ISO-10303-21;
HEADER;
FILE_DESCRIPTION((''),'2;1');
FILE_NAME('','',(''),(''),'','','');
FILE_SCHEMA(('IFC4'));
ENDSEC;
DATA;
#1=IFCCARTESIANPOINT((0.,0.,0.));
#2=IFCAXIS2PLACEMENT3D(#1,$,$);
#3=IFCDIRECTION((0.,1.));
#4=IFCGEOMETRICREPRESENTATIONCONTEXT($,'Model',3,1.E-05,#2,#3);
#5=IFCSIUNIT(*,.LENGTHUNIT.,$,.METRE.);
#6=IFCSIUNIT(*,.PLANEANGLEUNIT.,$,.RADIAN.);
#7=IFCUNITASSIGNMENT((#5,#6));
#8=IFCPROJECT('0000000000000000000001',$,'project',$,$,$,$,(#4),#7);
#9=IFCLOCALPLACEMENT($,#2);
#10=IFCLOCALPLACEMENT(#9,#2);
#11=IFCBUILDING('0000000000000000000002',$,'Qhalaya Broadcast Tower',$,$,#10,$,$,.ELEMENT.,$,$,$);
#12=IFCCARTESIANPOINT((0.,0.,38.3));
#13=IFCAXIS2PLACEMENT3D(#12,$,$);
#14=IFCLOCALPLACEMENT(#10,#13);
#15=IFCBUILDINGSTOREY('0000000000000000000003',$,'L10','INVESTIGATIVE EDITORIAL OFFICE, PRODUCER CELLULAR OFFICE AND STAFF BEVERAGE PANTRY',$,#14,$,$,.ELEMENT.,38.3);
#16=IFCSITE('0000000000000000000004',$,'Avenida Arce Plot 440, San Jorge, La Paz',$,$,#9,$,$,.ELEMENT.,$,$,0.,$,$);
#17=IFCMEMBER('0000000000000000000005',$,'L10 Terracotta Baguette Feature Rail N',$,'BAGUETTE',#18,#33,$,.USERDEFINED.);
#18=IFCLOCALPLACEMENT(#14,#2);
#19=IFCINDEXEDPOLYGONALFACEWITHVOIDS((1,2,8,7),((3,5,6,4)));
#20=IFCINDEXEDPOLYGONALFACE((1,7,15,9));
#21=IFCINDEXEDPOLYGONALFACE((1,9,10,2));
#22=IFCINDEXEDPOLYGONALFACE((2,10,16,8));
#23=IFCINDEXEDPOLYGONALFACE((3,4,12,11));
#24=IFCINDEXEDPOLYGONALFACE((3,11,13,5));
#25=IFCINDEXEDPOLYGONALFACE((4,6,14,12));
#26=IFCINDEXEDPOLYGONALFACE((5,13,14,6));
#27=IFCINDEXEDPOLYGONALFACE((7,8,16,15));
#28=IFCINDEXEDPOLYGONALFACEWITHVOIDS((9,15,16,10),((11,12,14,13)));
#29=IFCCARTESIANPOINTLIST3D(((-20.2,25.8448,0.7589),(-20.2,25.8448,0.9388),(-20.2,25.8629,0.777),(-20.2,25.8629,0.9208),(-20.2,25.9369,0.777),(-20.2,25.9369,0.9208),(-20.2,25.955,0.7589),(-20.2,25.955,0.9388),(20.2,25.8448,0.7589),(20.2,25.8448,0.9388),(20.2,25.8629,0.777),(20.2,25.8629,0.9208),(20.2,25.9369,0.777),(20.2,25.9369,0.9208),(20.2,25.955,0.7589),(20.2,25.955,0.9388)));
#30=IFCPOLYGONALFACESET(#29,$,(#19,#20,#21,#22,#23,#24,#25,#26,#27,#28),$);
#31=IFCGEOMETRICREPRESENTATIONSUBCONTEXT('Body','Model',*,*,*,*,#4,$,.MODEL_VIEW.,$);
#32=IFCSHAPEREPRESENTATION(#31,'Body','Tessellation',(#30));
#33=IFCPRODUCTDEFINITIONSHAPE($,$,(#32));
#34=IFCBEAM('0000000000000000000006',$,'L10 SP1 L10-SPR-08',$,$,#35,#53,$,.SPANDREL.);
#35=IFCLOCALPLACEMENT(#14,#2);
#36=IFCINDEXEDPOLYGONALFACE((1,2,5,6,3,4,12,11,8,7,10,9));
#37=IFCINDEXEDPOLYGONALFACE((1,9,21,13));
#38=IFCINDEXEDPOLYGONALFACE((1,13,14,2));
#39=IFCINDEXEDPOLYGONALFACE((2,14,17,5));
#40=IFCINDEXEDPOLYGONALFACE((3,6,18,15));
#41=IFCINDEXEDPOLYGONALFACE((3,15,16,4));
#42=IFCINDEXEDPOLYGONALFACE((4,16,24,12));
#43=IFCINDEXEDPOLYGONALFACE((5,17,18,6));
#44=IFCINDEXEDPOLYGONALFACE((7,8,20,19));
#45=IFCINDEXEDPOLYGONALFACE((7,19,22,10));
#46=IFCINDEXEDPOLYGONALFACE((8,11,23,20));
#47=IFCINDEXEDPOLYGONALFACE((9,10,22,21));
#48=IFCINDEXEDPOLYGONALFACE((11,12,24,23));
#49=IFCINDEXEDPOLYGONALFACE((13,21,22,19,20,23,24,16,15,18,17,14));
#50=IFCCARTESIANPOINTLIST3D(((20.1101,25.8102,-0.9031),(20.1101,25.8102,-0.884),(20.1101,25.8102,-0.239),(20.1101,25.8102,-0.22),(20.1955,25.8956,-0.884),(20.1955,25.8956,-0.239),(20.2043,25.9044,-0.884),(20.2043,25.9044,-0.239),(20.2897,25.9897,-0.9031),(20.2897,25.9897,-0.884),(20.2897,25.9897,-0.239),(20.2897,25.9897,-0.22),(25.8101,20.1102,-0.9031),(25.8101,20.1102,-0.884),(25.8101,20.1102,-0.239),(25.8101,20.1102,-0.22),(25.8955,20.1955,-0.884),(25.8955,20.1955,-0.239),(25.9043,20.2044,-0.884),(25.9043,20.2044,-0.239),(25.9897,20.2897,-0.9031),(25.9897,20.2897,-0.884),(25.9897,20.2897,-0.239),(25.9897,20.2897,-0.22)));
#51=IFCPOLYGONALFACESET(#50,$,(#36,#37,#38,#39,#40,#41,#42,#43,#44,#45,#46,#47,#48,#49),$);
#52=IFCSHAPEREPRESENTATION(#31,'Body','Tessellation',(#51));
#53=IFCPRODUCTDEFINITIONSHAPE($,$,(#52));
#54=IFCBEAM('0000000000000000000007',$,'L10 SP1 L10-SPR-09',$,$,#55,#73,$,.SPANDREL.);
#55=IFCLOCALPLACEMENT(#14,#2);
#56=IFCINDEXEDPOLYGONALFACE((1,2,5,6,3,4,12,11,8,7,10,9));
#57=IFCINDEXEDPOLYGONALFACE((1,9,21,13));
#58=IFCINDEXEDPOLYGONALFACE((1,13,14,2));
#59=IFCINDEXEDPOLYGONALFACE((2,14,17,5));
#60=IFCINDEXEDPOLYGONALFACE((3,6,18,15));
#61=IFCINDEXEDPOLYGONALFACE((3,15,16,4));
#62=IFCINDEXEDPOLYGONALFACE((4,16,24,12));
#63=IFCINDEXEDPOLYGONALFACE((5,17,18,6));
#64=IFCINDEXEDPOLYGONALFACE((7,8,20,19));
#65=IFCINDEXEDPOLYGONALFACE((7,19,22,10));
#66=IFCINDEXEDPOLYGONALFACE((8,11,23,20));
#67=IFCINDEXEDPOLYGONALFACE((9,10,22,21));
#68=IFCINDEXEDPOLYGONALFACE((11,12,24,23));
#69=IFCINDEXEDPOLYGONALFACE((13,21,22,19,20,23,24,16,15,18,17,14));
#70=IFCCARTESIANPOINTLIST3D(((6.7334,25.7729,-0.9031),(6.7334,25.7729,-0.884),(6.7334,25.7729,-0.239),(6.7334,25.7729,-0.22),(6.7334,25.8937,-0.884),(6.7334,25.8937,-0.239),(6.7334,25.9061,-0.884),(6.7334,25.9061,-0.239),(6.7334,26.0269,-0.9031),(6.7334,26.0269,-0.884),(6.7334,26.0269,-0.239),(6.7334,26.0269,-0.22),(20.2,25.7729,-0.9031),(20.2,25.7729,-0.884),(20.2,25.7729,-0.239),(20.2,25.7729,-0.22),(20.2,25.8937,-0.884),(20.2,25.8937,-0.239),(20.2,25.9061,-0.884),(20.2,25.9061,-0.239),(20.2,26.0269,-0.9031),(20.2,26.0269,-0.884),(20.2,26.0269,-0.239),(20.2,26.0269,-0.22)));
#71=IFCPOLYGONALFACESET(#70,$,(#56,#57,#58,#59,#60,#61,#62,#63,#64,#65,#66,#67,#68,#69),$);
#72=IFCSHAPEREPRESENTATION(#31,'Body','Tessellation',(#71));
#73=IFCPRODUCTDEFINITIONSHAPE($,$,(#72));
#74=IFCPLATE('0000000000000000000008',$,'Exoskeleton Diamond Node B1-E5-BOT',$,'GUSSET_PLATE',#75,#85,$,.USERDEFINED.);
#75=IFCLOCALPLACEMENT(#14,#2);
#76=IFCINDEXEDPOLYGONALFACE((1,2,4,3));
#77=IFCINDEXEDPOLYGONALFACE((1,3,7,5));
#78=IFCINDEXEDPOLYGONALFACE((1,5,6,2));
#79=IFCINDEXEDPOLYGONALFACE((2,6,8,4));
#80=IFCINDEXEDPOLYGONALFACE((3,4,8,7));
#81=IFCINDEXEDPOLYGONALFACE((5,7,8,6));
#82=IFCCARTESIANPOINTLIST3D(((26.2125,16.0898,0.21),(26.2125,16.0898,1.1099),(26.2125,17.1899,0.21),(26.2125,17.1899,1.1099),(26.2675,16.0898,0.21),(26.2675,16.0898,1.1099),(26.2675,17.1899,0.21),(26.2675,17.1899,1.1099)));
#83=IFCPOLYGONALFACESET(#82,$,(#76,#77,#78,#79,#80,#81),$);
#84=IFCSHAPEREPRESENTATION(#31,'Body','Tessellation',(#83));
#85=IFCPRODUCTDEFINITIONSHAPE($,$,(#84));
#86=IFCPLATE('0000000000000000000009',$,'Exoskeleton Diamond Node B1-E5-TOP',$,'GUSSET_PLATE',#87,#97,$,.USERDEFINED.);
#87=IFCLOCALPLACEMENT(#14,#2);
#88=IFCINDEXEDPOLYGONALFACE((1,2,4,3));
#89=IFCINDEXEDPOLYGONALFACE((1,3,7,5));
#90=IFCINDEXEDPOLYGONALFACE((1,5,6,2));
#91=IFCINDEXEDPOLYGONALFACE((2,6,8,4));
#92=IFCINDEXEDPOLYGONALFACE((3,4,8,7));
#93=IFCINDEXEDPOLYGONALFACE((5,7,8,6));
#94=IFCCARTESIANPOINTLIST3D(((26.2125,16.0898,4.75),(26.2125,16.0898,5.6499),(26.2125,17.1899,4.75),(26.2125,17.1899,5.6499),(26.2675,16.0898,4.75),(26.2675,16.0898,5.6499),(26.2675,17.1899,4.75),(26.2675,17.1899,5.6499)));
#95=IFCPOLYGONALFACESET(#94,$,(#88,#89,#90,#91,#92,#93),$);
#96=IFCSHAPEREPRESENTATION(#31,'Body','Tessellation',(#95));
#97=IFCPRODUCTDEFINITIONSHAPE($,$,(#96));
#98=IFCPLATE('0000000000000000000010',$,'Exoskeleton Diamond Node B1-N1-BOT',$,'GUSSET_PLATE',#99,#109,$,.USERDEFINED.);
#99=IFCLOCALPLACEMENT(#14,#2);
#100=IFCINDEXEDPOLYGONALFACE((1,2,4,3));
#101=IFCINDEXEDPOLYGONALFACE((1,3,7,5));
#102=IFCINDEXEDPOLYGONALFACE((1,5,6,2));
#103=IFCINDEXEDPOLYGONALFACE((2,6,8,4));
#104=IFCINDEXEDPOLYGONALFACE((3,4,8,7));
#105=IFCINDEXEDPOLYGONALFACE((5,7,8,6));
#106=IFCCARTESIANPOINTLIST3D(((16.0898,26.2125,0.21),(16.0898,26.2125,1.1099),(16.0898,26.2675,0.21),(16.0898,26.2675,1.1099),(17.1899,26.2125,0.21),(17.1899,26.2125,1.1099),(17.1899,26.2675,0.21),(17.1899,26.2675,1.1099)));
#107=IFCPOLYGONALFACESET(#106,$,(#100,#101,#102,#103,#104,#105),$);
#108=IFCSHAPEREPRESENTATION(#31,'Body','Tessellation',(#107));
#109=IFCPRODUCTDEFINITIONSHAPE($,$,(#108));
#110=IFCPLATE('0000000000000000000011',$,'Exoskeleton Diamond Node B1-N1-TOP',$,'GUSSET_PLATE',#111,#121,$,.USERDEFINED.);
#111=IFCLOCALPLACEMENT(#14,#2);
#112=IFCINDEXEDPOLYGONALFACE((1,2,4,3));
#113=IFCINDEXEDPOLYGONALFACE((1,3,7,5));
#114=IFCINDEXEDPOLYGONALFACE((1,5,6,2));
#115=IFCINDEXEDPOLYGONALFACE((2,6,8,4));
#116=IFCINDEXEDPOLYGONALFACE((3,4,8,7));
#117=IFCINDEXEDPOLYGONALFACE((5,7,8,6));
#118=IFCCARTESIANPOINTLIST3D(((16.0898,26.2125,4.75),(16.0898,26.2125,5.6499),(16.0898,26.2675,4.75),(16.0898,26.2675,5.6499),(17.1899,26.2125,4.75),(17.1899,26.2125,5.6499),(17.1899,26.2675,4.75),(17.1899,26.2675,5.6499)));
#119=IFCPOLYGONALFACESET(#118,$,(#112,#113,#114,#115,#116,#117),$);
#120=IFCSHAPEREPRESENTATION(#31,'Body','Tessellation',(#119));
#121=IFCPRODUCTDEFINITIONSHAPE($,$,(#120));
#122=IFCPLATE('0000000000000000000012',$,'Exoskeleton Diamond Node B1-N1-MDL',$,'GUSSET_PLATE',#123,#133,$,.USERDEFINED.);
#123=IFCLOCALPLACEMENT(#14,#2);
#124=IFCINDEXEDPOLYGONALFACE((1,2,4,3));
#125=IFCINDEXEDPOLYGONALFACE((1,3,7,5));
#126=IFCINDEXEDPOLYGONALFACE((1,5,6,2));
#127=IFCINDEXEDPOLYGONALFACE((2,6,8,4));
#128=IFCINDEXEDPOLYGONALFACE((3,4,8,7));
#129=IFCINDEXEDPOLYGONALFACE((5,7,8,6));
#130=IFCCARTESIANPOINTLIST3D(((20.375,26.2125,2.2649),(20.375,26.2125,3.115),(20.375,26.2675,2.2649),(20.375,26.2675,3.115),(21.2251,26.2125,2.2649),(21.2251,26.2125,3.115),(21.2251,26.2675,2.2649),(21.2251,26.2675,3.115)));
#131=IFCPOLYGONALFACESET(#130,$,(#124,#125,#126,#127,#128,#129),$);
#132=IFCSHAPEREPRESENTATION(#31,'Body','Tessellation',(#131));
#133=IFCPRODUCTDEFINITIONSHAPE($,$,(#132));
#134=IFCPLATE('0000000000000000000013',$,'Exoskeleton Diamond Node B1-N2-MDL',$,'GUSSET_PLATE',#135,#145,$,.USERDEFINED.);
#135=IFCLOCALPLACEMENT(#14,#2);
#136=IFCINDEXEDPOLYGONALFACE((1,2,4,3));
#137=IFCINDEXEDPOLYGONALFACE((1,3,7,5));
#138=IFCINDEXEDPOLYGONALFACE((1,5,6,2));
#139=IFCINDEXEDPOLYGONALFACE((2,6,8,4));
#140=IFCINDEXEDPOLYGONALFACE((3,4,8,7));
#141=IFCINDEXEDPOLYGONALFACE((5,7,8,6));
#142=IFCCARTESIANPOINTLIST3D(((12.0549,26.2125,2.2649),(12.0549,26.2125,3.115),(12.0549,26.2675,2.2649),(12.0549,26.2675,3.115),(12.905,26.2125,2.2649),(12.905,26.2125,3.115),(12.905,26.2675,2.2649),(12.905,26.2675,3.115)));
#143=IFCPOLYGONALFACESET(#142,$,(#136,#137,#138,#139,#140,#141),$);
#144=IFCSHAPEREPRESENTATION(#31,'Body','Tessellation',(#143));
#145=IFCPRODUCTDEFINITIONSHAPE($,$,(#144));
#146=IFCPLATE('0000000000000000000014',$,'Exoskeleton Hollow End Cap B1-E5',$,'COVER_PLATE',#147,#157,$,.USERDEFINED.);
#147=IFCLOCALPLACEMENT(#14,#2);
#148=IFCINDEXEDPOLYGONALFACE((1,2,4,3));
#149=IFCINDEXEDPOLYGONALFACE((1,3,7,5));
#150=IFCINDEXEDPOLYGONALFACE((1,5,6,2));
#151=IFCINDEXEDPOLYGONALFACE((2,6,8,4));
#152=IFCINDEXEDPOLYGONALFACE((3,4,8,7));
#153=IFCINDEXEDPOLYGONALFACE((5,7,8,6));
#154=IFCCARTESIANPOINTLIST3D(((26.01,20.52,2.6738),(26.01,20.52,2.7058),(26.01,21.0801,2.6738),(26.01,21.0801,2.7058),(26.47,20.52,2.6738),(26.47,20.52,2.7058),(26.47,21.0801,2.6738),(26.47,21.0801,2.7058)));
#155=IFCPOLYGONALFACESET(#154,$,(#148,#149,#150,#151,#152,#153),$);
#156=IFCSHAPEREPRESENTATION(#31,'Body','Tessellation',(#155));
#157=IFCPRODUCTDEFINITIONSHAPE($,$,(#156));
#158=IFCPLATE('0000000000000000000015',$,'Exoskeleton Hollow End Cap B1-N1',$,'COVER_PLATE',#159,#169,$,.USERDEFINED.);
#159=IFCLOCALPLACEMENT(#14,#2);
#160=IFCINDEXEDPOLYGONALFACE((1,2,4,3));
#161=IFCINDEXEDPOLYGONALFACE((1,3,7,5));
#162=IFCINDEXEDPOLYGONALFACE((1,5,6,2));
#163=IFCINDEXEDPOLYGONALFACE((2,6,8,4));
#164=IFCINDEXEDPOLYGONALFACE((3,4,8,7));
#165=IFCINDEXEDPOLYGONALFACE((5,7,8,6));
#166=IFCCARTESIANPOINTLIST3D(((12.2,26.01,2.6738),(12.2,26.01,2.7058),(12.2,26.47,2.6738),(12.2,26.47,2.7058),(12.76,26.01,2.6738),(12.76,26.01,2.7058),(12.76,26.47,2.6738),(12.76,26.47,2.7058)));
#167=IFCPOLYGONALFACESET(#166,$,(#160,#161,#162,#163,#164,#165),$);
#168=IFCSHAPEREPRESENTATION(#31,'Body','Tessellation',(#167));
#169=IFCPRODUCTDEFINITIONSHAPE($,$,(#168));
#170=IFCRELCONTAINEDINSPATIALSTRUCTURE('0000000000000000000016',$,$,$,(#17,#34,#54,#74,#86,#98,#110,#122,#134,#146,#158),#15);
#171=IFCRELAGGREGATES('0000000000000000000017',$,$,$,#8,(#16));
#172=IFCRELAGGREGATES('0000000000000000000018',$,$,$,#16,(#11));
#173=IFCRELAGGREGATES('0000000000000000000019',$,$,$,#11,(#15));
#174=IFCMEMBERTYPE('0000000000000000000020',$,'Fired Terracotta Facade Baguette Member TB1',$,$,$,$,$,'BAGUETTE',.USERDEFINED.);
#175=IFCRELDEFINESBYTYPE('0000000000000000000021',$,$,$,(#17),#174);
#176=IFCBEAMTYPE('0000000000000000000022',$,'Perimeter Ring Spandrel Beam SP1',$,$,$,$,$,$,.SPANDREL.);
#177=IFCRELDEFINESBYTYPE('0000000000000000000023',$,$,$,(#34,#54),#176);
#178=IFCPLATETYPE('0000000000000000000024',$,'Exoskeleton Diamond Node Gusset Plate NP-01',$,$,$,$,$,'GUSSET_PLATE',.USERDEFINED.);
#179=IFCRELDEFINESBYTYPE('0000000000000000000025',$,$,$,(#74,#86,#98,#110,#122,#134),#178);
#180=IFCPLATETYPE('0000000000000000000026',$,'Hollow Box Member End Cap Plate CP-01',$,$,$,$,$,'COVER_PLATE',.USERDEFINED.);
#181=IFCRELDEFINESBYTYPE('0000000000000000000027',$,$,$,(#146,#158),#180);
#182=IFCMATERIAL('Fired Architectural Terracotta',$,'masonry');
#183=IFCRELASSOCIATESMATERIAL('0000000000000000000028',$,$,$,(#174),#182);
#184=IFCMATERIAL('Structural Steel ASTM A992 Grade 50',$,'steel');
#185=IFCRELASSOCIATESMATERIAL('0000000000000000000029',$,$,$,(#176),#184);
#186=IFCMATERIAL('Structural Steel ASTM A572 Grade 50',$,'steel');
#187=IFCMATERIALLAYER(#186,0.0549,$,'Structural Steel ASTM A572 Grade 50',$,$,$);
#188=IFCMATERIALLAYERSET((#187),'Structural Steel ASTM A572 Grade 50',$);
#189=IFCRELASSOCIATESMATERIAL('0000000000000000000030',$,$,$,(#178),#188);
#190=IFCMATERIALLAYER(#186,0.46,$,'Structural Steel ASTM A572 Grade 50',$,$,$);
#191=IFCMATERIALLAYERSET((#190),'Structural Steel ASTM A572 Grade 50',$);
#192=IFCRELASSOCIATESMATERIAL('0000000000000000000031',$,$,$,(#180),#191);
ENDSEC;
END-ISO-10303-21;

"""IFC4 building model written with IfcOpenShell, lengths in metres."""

from ifc_helpers import new_model, si_unit, direction, frame, origin, origin_2d, place, context, subcontext, project, spatial, rectangle, hollow_rectangle, i_section, extrude, material, layer, layer_set, material_profile, profile_set, type_object, element, save


model = new_model("IFC4")

# Units and contexts
model_context = context("Model", 3, precision=1e-05, world=origin(), true_north=direction((0.0, 1.0)))
body_context = subcontext(model_context, "Body", "Model", "MODEL_VIEW")
ifc_project = project(units=[si_unit("LENGTHUNIT", "METRE"), si_unit("PLANEANGLEUNIT", "RADIAN")], contexts=[model_context])

# Site, building, storey
site_placement = place(None, origin())
site = spatial("IfcSite", under=ifc_project, at=site_placement, Name="Avenida Arce Plot 440, San Jorge, La Paz", CompositionType="ELEMENT", RefElevation=0.0)
building_placement = place(site_placement, origin())
building = spatial("IfcBuilding", under=site, at=building_placement, Name="Qhalaya Broadcast Tower", CompositionType="ELEMENT")
storey_placement = place(building_placement, frame((0.0, 0.0, 38.3)))
storey = spatial("IfcBuildingStorey", under=building, at=storey_placement, Name="L10", Description="INVESTIGATIVE EDITORIAL OFFICE, PRODUCER CELLULAR OFFICE AND STAFF BEVERAGE PANTRY", CompositionType="ELEMENT", Elevation=38.3)

# Shared definitions
ifc_material_1 = material(Name="Structural Steel ASTM A992 Grade 50", Category="steel")
ifc_material_2 = material(Name="Structural Steel ASTM A572 Grade 50", Category="steel")

# Member
ifc_material_3 = material(Name="Fired Architectural Terracotta", Category="masonry")
ifc_material_profile_1 = material_profile(ifc_material_3, hollow_rectangle(XDim=0.1101, YDim=0.1799, WallThickness=0.0181, at=origin_2d()), Name="TB-BAG 110x180x18")
ifc_profile_set_1 = profile_set([ifc_material_profile_1], Name="Fired Architectural Terracotta")
member_type_1 = type_object("IfcMemberType", Name="Fired Terracotta Facade Baguette Member TB1", ElementType="BAGUETTE", PredefinedType="USERDEFINED", material=ifc_profile_set_1)
member_1_placement = place(storey_placement, frame((20.2, 25.8999, 0.8489), z_axis=(-1.0, 0.0, 0.0), x_axis=(0.0, -1.0, 0.0)))
element("IfcMember", 1, at=member_1_placement, inside=storey, type_object=member_type_1, Name="L10 Terracotta Baguette Feature Rail N", ObjectType="BAGUETTE", PredefinedType="USERDEFINED", context=body_context, shape_type="SweptSolid", body=[
    extrude(hollow_rectangle(XDim=0.1101, YDim=0.1799, WallThickness=0.0181, at=origin_2d()), origin(), (0.0, 0.0, 1.0), 40.3999),
])

# Beams
ifc_material_profile_2 = material_profile(ifc_material_1, i_section(OverallWidth=0.2539, OverallDepth=0.6831, WebThickness=0.0125, FlangeThickness=0.019, at=origin_2d()), Name="W27X94")
ifc_profile_set_2 = profile_set([ifc_material_profile_2], Name="Structural Steel ASTM A992 Grade 50")
beam_type = type_object("IfcBeamType", Name="Perimeter Ring Spandrel Beam SP1", PredefinedType="SPANDREL", material=ifc_profile_set_2)
beam_1_placement = place(storey_placement, frame((25.8999, 20.2, -0.5615), z_axis=(-0.707107, 0.707107, 0.0), x_axis=(-0.707107, -0.707107, 0.0)))
element("IfcBeam", 2, at=beam_1_placement, inside=storey, type_object=beam_type, Name="L10 SP1 L10-SPR-08", PredefinedType="SPANDREL", context=body_context, shape_type="SweptSolid", body=[
    extrude(i_section(OverallWidth=0.2539, OverallDepth=0.6831, WebThickness=0.0125, FlangeThickness=0.019, at=origin_2d()), origin(), (0.0, 0.0, 1.0), 8.061),
])
beam_2_placement = place(storey_placement, frame((20.2, 25.8999, -0.5615), z_axis=(-1.0, 0.0, 0.0), x_axis=(0.0, -1.0, 0.0)))
element("IfcBeam", 3, at=beam_2_placement, inside=storey, type_object=beam_type, Name="L10 SP1 L10-SPR-09", PredefinedType="SPANDREL", context=body_context, shape_type="SweptSolid", body=[
    extrude(i_section(OverallWidth=0.2539, OverallDepth=0.6831, WebThickness=0.0125, FlangeThickness=0.019, at=origin_2d()), origin(), (0.0, 0.0, 1.0), 13.4666),
])

# Plates
ifc_layer_1 = layer(ifc_material_2, 0.0549, Name="Structural Steel ASTM A572 Grade 50")
ifc_layer_set_1 = layer_set([ifc_layer_1], Name="Structural Steel ASTM A572 Grade 50")
plate_type_1 = type_object("IfcPlateType", Name="Exoskeleton Diamond Node Gusset Plate NP-01", ElementType="GUSSET_PLATE", PredefinedType="USERDEFINED", material=ifc_layer_set_1)
for number, where, z_axis, x_axis, name in (
    (4, (26.24, 16.6399, 0.21), (0.0, 0.0, 1.0), (0.0, 1.0, 0.0), "Exoskeleton Diamond Node B1-E5-BOT"),
    (5, (26.24, 16.6399, 4.75), (0.0, 0.0, 1.0), (0.0, 1.0, 0.0), "Exoskeleton Diamond Node B1-E5-TOP"),
    (6, (16.6399, 26.24, 0.21), (0.0, 0.0, 1.0), (1.0, 0.0, 0.0), "Exoskeleton Diamond Node B1-N1-BOT"),
    (7, (16.6399, 26.24, 4.75), (0.0, 0.0, 1.0), (1.0, 0.0, 0.0), "Exoskeleton Diamond Node B1-N1-TOP"),
):
    element("IfcPlate", number, at=place(storey_placement, frame(where, z_axis=z_axis, x_axis=x_axis)), inside=storey, type_object=plate_type_1, Name=name, ObjectType="GUSSET_PLATE", PredefinedType="USERDEFINED", context=body_context, shape_type="SweptSolid", body=[
        extrude(rectangle(XDim=1.1001, YDim=0.0549, at=origin_2d()), origin(), (0.0, 0.0, 1.0), 0.8999),
    ])
for number, where, z_axis, x_axis, name in (
    (8, (20.8, 26.24, 2.2649), (0.0, 0.0, 1.0), (1.0, 0.0, 0.0), "Exoskeleton Diamond Node B1-N1-MDL"),
    (9, (12.48, 26.24, 2.2649), (0.0, 0.0, 1.0), (1.0, 0.0, 0.0), "Exoskeleton Diamond Node B1-N2-MDL"),
):
    element("IfcPlate", number, at=place(storey_placement, frame(where, z_axis=z_axis, x_axis=x_axis)), inside=storey, type_object=plate_type_1, Name=name, ObjectType="GUSSET_PLATE", PredefinedType="USERDEFINED", context=body_context, shape_type="SweptSolid", body=[
        extrude(rectangle(XDim=0.8501, YDim=0.0549, at=origin_2d()), origin(), (0.0, 0.0, 1.0), 0.8501),
    ])
ifc_layer_2 = layer(ifc_material_2, 0.46, Name="Structural Steel ASTM A572 Grade 50")
ifc_layer_set_2 = layer_set([ifc_layer_2], Name="Structural Steel ASTM A572 Grade 50")
plate_type_2 = type_object("IfcPlateType", Name="Hollow Box Member End Cap Plate CP-01", ElementType="COVER_PLATE", PredefinedType="USERDEFINED", material=ifc_layer_set_2)
for number, where, z_axis, x_axis, name in (
    (10, (26.24, 20.8, 2.6738), (0.0, 0.0, 1.0), (0.0, 1.0, 0.0), "Exoskeleton Hollow End Cap B1-E5"),
    (11, (12.48, 26.24, 2.6738), (0.0, 0.0, 1.0), (1.0, 0.0, 0.0), "Exoskeleton Hollow End Cap B1-N1"),
):
    element("IfcPlate", number, at=place(storey_placement, frame(where, z_axis=z_axis, x_axis=x_axis)), inside=storey, type_object=plate_type_2, Name=name, ObjectType="COVER_PLATE", PredefinedType="USERDEFINED", context=body_context, shape_type="SweptSolid", body=[
        extrude(rectangle(XDim=0.5601, YDim=0.46, at=origin_2d()), origin(), (0.0, 0.0, 1.0), 0.032),
    ])

save(model, "model.ifc")
